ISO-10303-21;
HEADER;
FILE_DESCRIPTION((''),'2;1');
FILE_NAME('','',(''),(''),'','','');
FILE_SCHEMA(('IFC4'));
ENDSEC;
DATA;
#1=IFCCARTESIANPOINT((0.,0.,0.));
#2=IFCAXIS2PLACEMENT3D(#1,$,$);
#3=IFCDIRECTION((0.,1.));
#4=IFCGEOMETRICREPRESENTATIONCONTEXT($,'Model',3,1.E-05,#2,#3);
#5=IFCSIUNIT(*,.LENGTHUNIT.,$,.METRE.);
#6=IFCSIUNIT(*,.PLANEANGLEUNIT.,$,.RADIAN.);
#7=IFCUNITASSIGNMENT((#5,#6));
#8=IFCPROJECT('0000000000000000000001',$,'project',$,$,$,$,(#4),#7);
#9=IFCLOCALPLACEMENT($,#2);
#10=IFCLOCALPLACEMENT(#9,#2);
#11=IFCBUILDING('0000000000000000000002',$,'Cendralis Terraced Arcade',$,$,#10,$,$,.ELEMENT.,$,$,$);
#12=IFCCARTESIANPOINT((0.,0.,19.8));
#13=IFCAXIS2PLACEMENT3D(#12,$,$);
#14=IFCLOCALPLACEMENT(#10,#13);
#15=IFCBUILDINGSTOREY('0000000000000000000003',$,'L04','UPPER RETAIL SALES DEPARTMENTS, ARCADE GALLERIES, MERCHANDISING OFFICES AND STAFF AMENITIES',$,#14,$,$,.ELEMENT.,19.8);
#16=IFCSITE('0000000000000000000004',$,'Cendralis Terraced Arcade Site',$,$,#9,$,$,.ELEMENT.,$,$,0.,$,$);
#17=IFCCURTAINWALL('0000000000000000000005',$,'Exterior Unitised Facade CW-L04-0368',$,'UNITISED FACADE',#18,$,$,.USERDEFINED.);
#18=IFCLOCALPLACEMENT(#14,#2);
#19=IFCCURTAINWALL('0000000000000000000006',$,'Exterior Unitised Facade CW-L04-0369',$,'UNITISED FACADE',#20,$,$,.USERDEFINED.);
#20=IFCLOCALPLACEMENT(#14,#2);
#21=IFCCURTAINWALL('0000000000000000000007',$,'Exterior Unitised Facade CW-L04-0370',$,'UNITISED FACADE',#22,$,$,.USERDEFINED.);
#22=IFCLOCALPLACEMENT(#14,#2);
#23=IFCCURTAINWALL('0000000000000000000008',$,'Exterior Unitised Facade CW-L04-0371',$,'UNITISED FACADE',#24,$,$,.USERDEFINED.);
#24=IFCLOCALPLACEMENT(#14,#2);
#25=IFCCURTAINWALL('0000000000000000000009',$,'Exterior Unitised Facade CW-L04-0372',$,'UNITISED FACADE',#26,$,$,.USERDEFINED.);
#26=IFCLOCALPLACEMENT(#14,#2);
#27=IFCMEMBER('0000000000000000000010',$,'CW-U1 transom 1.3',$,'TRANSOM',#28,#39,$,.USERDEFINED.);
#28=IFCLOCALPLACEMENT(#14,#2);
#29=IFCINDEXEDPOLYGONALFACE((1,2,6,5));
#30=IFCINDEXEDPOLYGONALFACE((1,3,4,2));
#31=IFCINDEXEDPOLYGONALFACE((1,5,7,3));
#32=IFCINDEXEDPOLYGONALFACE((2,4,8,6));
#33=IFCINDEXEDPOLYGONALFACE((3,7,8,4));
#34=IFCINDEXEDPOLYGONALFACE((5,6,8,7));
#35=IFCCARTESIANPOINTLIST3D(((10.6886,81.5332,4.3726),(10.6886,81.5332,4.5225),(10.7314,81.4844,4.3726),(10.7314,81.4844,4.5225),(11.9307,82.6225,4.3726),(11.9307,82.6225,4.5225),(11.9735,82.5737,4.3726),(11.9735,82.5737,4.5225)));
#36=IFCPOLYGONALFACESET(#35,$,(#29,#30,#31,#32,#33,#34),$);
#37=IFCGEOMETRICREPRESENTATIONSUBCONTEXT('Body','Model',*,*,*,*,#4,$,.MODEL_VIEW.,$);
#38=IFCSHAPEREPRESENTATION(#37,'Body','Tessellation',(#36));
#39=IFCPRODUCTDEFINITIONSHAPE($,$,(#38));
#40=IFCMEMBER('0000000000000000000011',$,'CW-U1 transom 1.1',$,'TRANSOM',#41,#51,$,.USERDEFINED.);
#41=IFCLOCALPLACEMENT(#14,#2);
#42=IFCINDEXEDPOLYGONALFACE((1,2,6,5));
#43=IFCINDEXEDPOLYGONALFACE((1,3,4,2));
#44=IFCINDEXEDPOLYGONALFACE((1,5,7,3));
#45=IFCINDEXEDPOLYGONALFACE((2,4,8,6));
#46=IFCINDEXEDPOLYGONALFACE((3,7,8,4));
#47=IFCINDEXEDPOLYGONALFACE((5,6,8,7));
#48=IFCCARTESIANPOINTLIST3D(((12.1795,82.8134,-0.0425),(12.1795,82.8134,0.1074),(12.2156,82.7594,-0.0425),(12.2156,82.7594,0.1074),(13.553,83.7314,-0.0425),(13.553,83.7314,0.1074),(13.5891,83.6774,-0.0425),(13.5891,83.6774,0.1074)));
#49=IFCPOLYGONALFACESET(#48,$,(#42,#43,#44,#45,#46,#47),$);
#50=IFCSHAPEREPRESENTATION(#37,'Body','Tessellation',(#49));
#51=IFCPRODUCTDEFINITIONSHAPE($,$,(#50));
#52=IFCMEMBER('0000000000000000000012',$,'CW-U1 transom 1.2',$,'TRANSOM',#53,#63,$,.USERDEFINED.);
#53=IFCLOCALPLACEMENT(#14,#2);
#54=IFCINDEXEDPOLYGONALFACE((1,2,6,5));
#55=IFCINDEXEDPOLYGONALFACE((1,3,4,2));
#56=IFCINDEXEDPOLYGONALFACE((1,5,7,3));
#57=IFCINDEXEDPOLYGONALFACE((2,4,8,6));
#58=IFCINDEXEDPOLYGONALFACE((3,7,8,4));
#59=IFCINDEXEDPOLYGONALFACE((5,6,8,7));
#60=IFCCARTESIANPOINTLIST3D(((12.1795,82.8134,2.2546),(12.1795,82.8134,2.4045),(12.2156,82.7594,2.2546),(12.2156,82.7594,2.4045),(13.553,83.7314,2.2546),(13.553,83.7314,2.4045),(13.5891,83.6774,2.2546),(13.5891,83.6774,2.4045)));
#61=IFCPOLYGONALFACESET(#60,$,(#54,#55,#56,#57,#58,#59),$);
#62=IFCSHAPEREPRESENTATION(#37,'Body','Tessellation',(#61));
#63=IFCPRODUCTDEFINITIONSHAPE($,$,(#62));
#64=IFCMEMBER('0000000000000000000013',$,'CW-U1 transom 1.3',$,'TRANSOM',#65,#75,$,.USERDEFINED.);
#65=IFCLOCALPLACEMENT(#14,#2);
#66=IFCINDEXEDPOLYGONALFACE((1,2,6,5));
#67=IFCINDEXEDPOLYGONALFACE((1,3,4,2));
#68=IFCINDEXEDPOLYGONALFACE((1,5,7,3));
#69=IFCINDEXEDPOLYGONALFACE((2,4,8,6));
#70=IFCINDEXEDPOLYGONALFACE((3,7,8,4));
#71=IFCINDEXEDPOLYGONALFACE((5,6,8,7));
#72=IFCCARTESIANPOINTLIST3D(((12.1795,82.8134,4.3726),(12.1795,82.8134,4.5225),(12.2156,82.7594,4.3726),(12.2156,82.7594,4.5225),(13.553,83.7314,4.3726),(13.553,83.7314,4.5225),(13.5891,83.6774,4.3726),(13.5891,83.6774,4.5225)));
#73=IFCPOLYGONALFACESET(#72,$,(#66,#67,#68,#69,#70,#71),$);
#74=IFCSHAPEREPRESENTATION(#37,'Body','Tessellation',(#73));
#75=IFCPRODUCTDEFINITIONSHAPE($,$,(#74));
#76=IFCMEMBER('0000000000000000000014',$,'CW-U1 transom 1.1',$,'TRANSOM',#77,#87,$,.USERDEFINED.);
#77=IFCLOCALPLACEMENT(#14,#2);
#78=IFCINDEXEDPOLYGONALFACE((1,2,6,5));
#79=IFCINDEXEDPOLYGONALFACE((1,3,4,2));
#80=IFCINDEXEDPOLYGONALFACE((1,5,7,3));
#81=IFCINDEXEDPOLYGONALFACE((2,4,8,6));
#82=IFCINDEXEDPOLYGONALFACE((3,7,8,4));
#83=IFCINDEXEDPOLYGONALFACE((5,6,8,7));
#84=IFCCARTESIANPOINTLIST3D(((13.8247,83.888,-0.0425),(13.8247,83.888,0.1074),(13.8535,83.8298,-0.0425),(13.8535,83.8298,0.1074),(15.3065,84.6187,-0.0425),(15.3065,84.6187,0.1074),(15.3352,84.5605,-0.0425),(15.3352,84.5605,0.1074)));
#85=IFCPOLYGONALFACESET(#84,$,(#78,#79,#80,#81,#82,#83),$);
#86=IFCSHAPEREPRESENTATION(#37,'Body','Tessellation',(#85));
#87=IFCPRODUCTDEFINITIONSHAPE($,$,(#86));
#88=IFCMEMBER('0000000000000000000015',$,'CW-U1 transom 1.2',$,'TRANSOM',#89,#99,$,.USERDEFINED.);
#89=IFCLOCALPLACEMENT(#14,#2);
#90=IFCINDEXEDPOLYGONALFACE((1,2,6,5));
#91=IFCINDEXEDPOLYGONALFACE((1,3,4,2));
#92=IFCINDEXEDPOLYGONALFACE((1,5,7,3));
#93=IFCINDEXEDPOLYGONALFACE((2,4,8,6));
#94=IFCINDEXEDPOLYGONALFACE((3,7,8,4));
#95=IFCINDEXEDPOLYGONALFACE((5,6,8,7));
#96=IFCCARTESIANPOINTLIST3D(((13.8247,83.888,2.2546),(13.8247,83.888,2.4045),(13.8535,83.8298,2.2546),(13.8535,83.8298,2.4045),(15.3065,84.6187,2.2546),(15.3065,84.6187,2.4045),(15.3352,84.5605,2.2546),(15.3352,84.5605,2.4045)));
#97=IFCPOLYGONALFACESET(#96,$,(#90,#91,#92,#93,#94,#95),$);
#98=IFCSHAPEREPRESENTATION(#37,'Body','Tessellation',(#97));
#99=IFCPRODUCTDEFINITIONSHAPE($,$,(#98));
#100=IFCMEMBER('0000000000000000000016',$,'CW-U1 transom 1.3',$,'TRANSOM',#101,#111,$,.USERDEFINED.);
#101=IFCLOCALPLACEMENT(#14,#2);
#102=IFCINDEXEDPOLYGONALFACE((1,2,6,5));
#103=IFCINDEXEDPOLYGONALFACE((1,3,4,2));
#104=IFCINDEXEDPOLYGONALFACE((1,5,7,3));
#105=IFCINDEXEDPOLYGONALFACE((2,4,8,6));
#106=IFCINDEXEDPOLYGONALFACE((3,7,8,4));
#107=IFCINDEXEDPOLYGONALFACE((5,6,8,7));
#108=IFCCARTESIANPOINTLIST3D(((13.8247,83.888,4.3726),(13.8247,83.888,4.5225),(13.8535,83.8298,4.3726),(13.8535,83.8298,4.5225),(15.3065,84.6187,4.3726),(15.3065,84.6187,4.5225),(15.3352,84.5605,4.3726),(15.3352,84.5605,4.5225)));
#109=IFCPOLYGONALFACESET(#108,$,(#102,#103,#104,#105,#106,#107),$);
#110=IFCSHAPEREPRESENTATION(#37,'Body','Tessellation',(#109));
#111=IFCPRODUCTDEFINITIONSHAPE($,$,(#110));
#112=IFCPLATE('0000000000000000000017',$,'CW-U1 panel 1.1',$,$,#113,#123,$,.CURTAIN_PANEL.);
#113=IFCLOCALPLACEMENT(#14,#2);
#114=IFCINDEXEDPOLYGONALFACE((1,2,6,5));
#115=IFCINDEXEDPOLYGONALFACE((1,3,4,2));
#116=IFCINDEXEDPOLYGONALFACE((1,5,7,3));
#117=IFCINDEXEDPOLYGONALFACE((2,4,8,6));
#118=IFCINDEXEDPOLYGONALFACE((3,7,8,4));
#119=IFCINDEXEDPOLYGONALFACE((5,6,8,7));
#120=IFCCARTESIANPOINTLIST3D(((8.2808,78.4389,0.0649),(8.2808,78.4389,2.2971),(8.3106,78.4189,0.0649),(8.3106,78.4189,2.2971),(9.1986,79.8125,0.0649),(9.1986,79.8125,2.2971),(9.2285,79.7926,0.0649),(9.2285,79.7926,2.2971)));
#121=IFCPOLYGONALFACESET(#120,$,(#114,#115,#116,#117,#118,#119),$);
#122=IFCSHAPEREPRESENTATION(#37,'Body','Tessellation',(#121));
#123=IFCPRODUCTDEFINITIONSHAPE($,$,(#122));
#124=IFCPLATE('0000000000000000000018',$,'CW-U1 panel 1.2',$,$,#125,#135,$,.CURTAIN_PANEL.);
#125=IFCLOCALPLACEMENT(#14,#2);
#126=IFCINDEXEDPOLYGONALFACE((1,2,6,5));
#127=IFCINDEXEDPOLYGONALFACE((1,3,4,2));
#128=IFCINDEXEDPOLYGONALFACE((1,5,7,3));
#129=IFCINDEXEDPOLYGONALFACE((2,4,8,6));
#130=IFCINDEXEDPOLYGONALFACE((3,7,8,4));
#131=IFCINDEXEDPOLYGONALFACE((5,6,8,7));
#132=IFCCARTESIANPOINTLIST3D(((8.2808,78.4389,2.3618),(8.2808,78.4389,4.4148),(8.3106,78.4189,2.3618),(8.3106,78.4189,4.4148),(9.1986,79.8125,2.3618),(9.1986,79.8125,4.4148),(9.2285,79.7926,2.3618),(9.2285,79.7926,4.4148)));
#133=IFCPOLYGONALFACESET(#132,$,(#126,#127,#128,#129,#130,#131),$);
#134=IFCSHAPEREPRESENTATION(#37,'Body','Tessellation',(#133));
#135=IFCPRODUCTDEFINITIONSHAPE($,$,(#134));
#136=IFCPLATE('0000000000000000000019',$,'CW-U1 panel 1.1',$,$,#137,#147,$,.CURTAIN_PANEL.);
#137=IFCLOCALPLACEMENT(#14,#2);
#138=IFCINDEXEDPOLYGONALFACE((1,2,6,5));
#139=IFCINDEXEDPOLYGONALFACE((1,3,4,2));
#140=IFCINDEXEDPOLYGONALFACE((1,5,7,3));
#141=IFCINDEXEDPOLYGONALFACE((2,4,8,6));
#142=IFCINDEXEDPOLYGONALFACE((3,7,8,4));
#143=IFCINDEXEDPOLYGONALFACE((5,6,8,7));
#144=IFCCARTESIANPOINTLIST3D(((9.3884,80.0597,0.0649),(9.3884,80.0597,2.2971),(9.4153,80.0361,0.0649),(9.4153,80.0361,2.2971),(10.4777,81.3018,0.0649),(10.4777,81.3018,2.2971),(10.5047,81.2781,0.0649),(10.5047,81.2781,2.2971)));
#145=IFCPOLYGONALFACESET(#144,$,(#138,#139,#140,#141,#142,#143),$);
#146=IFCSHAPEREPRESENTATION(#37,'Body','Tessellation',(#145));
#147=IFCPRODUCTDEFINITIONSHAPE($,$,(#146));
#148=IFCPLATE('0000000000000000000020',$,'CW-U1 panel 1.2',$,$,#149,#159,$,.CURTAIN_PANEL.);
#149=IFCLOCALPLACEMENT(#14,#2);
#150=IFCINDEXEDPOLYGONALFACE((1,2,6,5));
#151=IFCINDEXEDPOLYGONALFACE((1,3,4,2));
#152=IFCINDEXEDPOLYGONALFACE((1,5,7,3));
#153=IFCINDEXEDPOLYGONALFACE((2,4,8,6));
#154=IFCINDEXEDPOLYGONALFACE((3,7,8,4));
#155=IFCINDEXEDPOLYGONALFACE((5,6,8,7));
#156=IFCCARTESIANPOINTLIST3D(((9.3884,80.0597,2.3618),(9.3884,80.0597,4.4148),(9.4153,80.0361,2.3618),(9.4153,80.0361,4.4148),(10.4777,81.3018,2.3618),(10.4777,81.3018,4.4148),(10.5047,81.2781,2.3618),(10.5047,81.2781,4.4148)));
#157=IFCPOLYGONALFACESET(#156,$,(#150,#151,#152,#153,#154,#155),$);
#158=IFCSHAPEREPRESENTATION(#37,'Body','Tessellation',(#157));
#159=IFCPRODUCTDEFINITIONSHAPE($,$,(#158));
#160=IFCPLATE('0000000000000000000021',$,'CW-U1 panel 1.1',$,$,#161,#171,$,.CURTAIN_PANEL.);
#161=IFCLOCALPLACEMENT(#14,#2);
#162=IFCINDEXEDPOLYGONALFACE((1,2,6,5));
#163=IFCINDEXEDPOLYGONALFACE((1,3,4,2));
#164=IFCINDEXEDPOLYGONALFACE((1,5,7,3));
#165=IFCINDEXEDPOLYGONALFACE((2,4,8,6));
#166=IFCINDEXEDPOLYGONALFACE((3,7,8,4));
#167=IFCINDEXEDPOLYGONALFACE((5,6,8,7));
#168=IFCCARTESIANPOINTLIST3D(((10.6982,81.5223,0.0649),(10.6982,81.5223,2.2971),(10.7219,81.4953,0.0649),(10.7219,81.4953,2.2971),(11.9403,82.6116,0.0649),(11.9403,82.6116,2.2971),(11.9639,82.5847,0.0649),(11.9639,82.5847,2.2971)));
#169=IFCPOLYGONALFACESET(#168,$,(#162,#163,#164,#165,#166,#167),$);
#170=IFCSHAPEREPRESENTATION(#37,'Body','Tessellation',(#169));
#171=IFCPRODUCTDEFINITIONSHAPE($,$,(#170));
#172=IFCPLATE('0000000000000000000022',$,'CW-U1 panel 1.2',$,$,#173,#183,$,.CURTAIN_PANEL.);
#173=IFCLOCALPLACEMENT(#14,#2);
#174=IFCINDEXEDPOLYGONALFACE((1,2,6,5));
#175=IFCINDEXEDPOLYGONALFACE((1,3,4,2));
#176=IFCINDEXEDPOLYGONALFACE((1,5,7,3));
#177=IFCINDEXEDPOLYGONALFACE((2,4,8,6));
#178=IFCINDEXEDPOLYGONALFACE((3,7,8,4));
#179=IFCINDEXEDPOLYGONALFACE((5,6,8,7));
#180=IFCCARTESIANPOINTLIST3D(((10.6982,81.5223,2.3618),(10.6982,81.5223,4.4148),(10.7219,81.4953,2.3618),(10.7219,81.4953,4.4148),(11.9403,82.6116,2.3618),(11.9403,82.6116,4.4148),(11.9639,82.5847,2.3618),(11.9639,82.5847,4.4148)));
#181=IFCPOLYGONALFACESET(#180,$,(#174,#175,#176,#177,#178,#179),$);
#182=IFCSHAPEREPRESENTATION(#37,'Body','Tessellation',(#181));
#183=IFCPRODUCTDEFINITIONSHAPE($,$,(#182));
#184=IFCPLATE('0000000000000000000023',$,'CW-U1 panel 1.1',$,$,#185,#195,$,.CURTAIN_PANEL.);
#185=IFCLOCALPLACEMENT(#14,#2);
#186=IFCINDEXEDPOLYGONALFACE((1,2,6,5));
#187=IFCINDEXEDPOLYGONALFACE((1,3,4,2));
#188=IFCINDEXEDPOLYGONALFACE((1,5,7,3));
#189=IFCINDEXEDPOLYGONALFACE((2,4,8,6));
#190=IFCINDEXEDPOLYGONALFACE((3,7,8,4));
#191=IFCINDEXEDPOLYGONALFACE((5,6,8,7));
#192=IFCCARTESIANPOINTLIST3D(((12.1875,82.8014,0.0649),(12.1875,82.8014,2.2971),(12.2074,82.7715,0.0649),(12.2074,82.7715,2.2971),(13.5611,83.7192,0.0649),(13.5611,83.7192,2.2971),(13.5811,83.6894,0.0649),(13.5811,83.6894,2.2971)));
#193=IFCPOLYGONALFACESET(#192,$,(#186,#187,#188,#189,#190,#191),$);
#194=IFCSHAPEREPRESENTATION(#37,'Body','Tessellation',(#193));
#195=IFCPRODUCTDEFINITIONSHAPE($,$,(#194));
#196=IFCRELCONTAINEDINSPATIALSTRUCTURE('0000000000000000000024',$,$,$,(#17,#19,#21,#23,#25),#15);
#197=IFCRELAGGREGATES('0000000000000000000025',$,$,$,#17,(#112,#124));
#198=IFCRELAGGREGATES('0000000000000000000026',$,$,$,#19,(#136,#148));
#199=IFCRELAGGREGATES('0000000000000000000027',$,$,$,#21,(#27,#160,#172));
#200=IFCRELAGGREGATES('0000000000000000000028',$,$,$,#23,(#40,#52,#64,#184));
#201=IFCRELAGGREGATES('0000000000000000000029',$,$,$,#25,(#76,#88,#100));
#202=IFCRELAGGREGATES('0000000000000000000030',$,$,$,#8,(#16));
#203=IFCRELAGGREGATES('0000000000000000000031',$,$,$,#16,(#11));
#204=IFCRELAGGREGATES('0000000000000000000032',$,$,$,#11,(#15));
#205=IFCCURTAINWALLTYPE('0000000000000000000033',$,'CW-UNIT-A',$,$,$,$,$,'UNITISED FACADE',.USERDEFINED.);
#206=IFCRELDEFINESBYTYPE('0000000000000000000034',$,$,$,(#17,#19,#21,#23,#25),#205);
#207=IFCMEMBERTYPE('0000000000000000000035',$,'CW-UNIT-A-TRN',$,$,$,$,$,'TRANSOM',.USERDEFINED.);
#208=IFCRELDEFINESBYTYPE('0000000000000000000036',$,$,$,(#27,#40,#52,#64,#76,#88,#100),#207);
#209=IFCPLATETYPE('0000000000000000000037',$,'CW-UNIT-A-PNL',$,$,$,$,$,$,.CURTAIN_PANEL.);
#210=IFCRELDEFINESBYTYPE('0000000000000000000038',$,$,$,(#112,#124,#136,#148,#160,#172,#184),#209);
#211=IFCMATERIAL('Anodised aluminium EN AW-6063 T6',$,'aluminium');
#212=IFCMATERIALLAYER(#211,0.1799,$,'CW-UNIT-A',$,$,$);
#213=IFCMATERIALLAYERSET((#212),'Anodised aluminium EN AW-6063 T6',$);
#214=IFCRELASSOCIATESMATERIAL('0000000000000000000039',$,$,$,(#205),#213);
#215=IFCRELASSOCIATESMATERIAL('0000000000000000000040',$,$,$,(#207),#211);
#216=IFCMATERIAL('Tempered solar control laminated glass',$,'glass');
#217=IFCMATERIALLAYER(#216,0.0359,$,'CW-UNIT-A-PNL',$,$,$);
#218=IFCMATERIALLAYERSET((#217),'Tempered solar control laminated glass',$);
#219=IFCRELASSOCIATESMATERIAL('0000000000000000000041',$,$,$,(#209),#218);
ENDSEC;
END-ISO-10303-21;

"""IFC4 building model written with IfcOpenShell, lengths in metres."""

from ifc_helpers import new_model, si_unit, direction, frame, origin, origin_2d, place, context, subcontext, project, spatial, rectangle, extrude, material, layer, layer_set, material_profile, profile_set, type_object, element, aggregate, save


model = new_model("IFC4")

# Units and contexts
model_context = context("Model", 3, precision=1e-05, world=origin(), true_north=direction((0.0, 1.0)))
body_context = subcontext(model_context, "Body", "Model", "MODEL_VIEW")
ifc_project = project(units=[si_unit("LENGTHUNIT", "METRE"), si_unit("PLANEANGLEUNIT", "RADIAN")], contexts=[model_context])

# Site, building, storey
site_placement = place(None, origin())
site = spatial("IfcSite", under=ifc_project, at=site_placement, Name="Cendralis Terraced Arcade Site", CompositionType="ELEMENT", RefElevation=0.0)
building_placement = place(site_placement, origin())
building = spatial("IfcBuilding", under=site, at=building_placement, Name="Cendralis Terraced Arcade", CompositionType="ELEMENT")
storey_placement = place(building_placement, frame((0.0, 0.0, 19.8)))
storey = spatial("IfcBuildingStorey", under=building, at=storey_placement, Name="L04", Description="UPPER RETAIL SALES DEPARTMENTS, ARCADE GALLERIES, MERCHANDISING OFFICES AND STAFF AMENITIES", CompositionType="ELEMENT", Elevation=19.8)

# Curtain wall
ifc_material_1 = material(Name="Anodised aluminium EN AW-6063 T6", Category="aluminium")
ifc_layer_1 = layer(ifc_material_1, 0.1799, Name="CW-UNIT-A")
ifc_layer_set_1 = layer_set([ifc_layer_1], Name="Anodised aluminium EN AW-6063 T6")
curtain_wall_type = type_object("IfcCurtainWallType", Name="CW-UNIT-A", ElementType="UNITISED FACADE", PredefinedType="USERDEFINED", material=ifc_layer_set_1)
curtain_wall_1_placement = place(storey_placement, origin())
curtain_wall_1 = element("IfcCurtainWall", 1, at=curtain_wall_1_placement, inside=storey, type_object=curtain_wall_type, Name="Exterior Unitised Facade CW-L04-0368", ObjectType="UNITISED FACADE", PredefinedType="USERDEFINED")

# Curtain walls
curtain_wall_2_placement = place(storey_placement, origin())
curtain_wall_2 = element("IfcCurtainWall", 2, at=curtain_wall_2_placement, inside=storey, type_object=curtain_wall_type, Name="Exterior Unitised Facade CW-L04-0369", ObjectType="UNITISED FACADE", PredefinedType="USERDEFINED")
curtain_wall_3_placement = place(storey_placement, origin())
curtain_wall_3 = element("IfcCurtainWall", 3, at=curtain_wall_3_placement, inside=storey, type_object=curtain_wall_type, Name="Exterior Unitised Facade CW-L04-0370", ObjectType="UNITISED FACADE", PredefinedType="USERDEFINED")
curtain_wall_4_placement = place(storey_placement, origin())
curtain_wall_4 = element("IfcCurtainWall", 4, at=curtain_wall_4_placement, inside=storey, type_object=curtain_wall_type, Name="Exterior Unitised Facade CW-L04-0371", ObjectType="UNITISED FACADE", PredefinedType="USERDEFINED")

# Curtain wall
curtain_wall_5_placement = place(storey_placement, origin())
curtain_wall_5 = element("IfcCurtainWall", 5, at=curtain_wall_5_placement, inside=storey, type_object=curtain_wall_type, Name="Exterior Unitised Facade CW-L04-0372", ObjectType="UNITISED FACADE", PredefinedType="USERDEFINED")

# Members
ifc_material_profile_1 = material_profile(ifc_material_1, rectangle(XDim=0.0649, YDim=0.1499, at=origin_2d()), Name="ALU-TRN-65x150")
ifc_profile_set_1 = profile_set([ifc_material_profile_1], Name="Anodised aluminium EN AW-6063 T6")
member_type_1 = type_object("IfcMemberType", Name="CW-UNIT-A-TRN", ElementType="TRANSOM", PredefinedType="USERDEFINED", material=ifc_profile_set_1)
member_1_placement = place(storey_placement, frame((10.71, 81.5088, 4.4475), z_axis=(0.751844, 0.659341, 0.0), x_axis=(-0.659341, 0.751844, 0.0)))
member_1 = element("IfcMember", 6, at=member_1_placement, type_object=member_type_1, Name="CW-U1 transom 1.3", ObjectType="TRANSOM", PredefinedType="USERDEFINED", context=body_context, shape_type="SweptSolid", body=[
    extrude(rectangle(XDim=0.0649, YDim=0.1499, at=origin_2d()), origin(), (0.0, 0.0, 1.0), 1.6521),
])
member_2_placement = place(storey_placement, frame((12.1975, 82.7864, 0.0325), z_axis=(0.831413, 0.555655, 0.0), x_axis=(-0.555655, 0.831413, 0.0)))
member_2 = element("IfcMember", 7, at=member_2_placement, type_object=member_type_1, Name="CW-U1 transom 1.1", ObjectType="TRANSOM", PredefinedType="USERDEFINED", context=body_context, shape_type="SweptSolid", body=[
    extrude(rectangle(XDim=0.0649, YDim=0.1499, at=origin_2d()), origin(), (0.0, 0.0, 1.0), 1.6521),
])
member_3_placement = place(storey_placement, frame((12.1975, 82.7864, 2.3296), z_axis=(0.831413, 0.555655, 0.0), x_axis=(-0.555655, 0.831413, 0.0)))
member_3 = element("IfcMember", 8, at=member_3_placement, type_object=member_type_1, Name="CW-U1 transom 1.2", ObjectType="TRANSOM", PredefinedType="USERDEFINED", context=body_context, shape_type="SweptSolid", body=[
    extrude(rectangle(XDim=0.0649, YDim=0.1499, at=origin_2d()), origin(), (0.0, 0.0, 1.0), 1.6521),
])
member_4_placement = place(storey_placement, frame((12.1975, 82.7864, 4.4475), z_axis=(0.831413, 0.555655, 0.0), x_axis=(-0.555655, 0.831413, 0.0)))
member_4 = element("IfcMember", 9, at=member_4_placement, type_object=member_type_1, Name="CW-U1 transom 1.3", ObjectType="TRANSOM", PredefinedType="USERDEFINED", context=body_context, shape_type="SweptSolid", body=[
    extrude(rectangle(XDim=0.0649, YDim=0.1499, at=origin_2d()), origin(), (0.0, 0.0, 1.0), 1.6521),
])
member_5_placement = place(storey_placement, frame((13.8391, 83.8589, 0.0325), z_axis=(0.896867, 0.442301, 0.0), x_axis=(-0.442301, 0.896867, 0.0)))
member_5 = element("IfcMember", 10, at=member_5_placement, type_object=member_type_1, Name="CW-U1 transom 1.1", ObjectType="TRANSOM", PredefinedType="USERDEFINED", context=body_context, shape_type="SweptSolid", body=[
    extrude(rectangle(XDim=0.0649, YDim=0.1499, at=origin_2d()), origin(), (0.0, 0.0, 1.0), 1.6521),
])
member_6_placement = place(storey_placement, frame((13.8391, 83.8589, 2.3296), z_axis=(0.896867, 0.442301, 0.0), x_axis=(-0.442301, 0.896867, 0.0)))
member_6 = element("IfcMember", 11, at=member_6_placement, type_object=member_type_1, Name="CW-U1 transom 1.2", ObjectType="TRANSOM", PredefinedType="USERDEFINED", context=body_context, shape_type="SweptSolid", body=[
    extrude(rectangle(XDim=0.0649, YDim=0.1499, at=origin_2d()), origin(), (0.0, 0.0, 1.0), 1.6521),
])
member_7_placement = place(storey_placement, frame((13.8391, 83.8589, 4.4475), z_axis=(0.896867, 0.442301, 0.0), x_axis=(-0.442301, 0.896867, 0.0)))
member_7 = element("IfcMember", 12, at=member_7_placement, type_object=member_type_1, Name="CW-U1 transom 1.3", ObjectType="TRANSOM", PredefinedType="USERDEFINED", context=body_context, shape_type="SweptSolid", body=[
    extrude(rectangle(XDim=0.0649, YDim=0.1499, at=origin_2d()), origin(), (0.0, 0.0, 1.0), 1.6521),
])

# Plates
ifc_material_2 = material(Name="Tempered solar control laminated glass", Category="glass")
ifc_layer_2 = layer(ifc_material_2, 0.0359, Name="CW-UNIT-A-PNL")
ifc_layer_set_2 = layer_set([ifc_layer_2], Name="Tempered solar control laminated glass")
plate_type = type_object("IfcPlateType", Name="CW-UNIT-A-PNL", PredefinedType="CURTAIN_PANEL", material=ifc_layer_set_2)
plate_1_placement = place(storey_placement, frame((8.7546, 79.1157, 0.0649), z_axis=(0.0, 0.0, 1.0), x_axis=(0.555567, 0.831471, 0.0)))
plate_1 = element("IfcPlate", 13, at=plate_1_placement, type_object=plate_type, Name="CW-U1 panel 1.1", PredefinedType="CURTAIN_PANEL", context=body_context, shape_type="SweptSolid", body=[
    extrude(rectangle(XDim=1.6521, YDim=0.0359, at=origin_2d()), origin(), (0.0, 0.0, 1.0), 2.2322),
])
plate_2_placement = place(storey_placement, frame((8.7546, 79.1157, 2.3618), z_axis=(0.0, 0.0, 1.0), x_axis=(0.555567, 0.831471, 0.0)))
plate_2 = element("IfcPlate", 14, at=plate_2_placement, type_object=plate_type, Name="CW-U1 panel 1.2", PredefinedType="CURTAIN_PANEL", context=body_context, shape_type="SweptSolid", body=[
    extrude(rectangle(XDim=1.6521, YDim=0.0359, at=origin_2d()), origin(), (0.0, 0.0, 1.0), 2.053),
])
aggregate(curtain_wall_1, [plate_1, plate_2])
plate_3_placement = place(storey_placement, frame((9.9465, 80.6689, 0.0649), z_axis=(0.0, 0.0, 1.0), x_axis=(0.659386, 0.751804, 0.0)))
plate_3 = element("IfcPlate", 15, at=plate_3_placement, type_object=plate_type, Name="CW-U1 panel 1.1", PredefinedType="CURTAIN_PANEL", context=body_context, shape_type="SweptSolid", body=[
    extrude(rectangle(XDim=1.6521, YDim=0.0359, at=origin_2d()), origin(), (0.0, 0.0, 1.0), 2.2322),
])
plate_4_placement = place(storey_placement, frame((9.9465, 80.6689, 2.3618), z_axis=(0.0, 0.0, 1.0), x_axis=(0.659386, 0.751804, 0.0)))
plate_4 = element("IfcPlate", 16, at=plate_4_placement, type_object=plate_type, Name="CW-U1 panel 1.2", PredefinedType="CURTAIN_PANEL", context=body_context, shape_type="SweptSolid", body=[
    extrude(rectangle(XDim=1.6521, YDim=0.0359, at=origin_2d()), origin(), (0.0, 0.0, 1.0), 2.053),
])
aggregate(curtain_wall_2, [plate_3, plate_4])
plate_5_placement = place(storey_placement, frame((11.3311, 82.0535, 0.0649), z_axis=(0.0, 0.0, 1.0), x_axis=(0.751804, 0.659386, 0.0)))
plate_5 = element("IfcPlate", 17, at=plate_5_placement, type_object=plate_type, Name="CW-U1 panel 1.1", PredefinedType="CURTAIN_PANEL", context=body_context, shape_type="SweptSolid", body=[
    extrude(rectangle(XDim=1.6521, YDim=0.0359, at=origin_2d()), origin(), (0.0, 0.0, 1.0), 2.2322),
])
plate_6_placement = place(storey_placement, frame((11.3311, 82.0535, 2.3618), z_axis=(0.0, 0.0, 1.0), x_axis=(0.751804, 0.659386, 0.0)))
plate_6 = element("IfcPlate", 18, at=plate_6_placement, type_object=plate_type, Name="CW-U1 panel 1.2", PredefinedType="CURTAIN_PANEL", context=body_context, shape_type="SweptSolid", body=[
    extrude(rectangle(XDim=1.6521, YDim=0.0359, at=origin_2d()), origin(), (0.0, 0.0, 1.0), 2.053),
])
aggregate(curtain_wall_3, [member_1, plate_5, plate_6])
plate_7_placement = place(storey_placement, frame((12.8843, 83.2454, 0.0649), z_axis=(0.0, 0.0, 1.0), x_axis=(0.831471, 0.555567, 0.0)))
plate_7 = element("IfcPlate", 19, at=plate_7_placement, type_object=plate_type, Name="CW-U1 panel 1.1", PredefinedType="CURTAIN_PANEL", context=body_context, shape_type="SweptSolid", body=[
    extrude(rectangle(XDim=1.6521, YDim=0.0359, at=origin_2d()), origin(), (0.0, 0.0, 1.0), 2.2322),
])
aggregate(curtain_wall_4, [member_2, member_3, member_4, plate_7])
aggregate(curtain_wall_5, [member_5, member_6, member_7])

save(model, "model.ifc")
